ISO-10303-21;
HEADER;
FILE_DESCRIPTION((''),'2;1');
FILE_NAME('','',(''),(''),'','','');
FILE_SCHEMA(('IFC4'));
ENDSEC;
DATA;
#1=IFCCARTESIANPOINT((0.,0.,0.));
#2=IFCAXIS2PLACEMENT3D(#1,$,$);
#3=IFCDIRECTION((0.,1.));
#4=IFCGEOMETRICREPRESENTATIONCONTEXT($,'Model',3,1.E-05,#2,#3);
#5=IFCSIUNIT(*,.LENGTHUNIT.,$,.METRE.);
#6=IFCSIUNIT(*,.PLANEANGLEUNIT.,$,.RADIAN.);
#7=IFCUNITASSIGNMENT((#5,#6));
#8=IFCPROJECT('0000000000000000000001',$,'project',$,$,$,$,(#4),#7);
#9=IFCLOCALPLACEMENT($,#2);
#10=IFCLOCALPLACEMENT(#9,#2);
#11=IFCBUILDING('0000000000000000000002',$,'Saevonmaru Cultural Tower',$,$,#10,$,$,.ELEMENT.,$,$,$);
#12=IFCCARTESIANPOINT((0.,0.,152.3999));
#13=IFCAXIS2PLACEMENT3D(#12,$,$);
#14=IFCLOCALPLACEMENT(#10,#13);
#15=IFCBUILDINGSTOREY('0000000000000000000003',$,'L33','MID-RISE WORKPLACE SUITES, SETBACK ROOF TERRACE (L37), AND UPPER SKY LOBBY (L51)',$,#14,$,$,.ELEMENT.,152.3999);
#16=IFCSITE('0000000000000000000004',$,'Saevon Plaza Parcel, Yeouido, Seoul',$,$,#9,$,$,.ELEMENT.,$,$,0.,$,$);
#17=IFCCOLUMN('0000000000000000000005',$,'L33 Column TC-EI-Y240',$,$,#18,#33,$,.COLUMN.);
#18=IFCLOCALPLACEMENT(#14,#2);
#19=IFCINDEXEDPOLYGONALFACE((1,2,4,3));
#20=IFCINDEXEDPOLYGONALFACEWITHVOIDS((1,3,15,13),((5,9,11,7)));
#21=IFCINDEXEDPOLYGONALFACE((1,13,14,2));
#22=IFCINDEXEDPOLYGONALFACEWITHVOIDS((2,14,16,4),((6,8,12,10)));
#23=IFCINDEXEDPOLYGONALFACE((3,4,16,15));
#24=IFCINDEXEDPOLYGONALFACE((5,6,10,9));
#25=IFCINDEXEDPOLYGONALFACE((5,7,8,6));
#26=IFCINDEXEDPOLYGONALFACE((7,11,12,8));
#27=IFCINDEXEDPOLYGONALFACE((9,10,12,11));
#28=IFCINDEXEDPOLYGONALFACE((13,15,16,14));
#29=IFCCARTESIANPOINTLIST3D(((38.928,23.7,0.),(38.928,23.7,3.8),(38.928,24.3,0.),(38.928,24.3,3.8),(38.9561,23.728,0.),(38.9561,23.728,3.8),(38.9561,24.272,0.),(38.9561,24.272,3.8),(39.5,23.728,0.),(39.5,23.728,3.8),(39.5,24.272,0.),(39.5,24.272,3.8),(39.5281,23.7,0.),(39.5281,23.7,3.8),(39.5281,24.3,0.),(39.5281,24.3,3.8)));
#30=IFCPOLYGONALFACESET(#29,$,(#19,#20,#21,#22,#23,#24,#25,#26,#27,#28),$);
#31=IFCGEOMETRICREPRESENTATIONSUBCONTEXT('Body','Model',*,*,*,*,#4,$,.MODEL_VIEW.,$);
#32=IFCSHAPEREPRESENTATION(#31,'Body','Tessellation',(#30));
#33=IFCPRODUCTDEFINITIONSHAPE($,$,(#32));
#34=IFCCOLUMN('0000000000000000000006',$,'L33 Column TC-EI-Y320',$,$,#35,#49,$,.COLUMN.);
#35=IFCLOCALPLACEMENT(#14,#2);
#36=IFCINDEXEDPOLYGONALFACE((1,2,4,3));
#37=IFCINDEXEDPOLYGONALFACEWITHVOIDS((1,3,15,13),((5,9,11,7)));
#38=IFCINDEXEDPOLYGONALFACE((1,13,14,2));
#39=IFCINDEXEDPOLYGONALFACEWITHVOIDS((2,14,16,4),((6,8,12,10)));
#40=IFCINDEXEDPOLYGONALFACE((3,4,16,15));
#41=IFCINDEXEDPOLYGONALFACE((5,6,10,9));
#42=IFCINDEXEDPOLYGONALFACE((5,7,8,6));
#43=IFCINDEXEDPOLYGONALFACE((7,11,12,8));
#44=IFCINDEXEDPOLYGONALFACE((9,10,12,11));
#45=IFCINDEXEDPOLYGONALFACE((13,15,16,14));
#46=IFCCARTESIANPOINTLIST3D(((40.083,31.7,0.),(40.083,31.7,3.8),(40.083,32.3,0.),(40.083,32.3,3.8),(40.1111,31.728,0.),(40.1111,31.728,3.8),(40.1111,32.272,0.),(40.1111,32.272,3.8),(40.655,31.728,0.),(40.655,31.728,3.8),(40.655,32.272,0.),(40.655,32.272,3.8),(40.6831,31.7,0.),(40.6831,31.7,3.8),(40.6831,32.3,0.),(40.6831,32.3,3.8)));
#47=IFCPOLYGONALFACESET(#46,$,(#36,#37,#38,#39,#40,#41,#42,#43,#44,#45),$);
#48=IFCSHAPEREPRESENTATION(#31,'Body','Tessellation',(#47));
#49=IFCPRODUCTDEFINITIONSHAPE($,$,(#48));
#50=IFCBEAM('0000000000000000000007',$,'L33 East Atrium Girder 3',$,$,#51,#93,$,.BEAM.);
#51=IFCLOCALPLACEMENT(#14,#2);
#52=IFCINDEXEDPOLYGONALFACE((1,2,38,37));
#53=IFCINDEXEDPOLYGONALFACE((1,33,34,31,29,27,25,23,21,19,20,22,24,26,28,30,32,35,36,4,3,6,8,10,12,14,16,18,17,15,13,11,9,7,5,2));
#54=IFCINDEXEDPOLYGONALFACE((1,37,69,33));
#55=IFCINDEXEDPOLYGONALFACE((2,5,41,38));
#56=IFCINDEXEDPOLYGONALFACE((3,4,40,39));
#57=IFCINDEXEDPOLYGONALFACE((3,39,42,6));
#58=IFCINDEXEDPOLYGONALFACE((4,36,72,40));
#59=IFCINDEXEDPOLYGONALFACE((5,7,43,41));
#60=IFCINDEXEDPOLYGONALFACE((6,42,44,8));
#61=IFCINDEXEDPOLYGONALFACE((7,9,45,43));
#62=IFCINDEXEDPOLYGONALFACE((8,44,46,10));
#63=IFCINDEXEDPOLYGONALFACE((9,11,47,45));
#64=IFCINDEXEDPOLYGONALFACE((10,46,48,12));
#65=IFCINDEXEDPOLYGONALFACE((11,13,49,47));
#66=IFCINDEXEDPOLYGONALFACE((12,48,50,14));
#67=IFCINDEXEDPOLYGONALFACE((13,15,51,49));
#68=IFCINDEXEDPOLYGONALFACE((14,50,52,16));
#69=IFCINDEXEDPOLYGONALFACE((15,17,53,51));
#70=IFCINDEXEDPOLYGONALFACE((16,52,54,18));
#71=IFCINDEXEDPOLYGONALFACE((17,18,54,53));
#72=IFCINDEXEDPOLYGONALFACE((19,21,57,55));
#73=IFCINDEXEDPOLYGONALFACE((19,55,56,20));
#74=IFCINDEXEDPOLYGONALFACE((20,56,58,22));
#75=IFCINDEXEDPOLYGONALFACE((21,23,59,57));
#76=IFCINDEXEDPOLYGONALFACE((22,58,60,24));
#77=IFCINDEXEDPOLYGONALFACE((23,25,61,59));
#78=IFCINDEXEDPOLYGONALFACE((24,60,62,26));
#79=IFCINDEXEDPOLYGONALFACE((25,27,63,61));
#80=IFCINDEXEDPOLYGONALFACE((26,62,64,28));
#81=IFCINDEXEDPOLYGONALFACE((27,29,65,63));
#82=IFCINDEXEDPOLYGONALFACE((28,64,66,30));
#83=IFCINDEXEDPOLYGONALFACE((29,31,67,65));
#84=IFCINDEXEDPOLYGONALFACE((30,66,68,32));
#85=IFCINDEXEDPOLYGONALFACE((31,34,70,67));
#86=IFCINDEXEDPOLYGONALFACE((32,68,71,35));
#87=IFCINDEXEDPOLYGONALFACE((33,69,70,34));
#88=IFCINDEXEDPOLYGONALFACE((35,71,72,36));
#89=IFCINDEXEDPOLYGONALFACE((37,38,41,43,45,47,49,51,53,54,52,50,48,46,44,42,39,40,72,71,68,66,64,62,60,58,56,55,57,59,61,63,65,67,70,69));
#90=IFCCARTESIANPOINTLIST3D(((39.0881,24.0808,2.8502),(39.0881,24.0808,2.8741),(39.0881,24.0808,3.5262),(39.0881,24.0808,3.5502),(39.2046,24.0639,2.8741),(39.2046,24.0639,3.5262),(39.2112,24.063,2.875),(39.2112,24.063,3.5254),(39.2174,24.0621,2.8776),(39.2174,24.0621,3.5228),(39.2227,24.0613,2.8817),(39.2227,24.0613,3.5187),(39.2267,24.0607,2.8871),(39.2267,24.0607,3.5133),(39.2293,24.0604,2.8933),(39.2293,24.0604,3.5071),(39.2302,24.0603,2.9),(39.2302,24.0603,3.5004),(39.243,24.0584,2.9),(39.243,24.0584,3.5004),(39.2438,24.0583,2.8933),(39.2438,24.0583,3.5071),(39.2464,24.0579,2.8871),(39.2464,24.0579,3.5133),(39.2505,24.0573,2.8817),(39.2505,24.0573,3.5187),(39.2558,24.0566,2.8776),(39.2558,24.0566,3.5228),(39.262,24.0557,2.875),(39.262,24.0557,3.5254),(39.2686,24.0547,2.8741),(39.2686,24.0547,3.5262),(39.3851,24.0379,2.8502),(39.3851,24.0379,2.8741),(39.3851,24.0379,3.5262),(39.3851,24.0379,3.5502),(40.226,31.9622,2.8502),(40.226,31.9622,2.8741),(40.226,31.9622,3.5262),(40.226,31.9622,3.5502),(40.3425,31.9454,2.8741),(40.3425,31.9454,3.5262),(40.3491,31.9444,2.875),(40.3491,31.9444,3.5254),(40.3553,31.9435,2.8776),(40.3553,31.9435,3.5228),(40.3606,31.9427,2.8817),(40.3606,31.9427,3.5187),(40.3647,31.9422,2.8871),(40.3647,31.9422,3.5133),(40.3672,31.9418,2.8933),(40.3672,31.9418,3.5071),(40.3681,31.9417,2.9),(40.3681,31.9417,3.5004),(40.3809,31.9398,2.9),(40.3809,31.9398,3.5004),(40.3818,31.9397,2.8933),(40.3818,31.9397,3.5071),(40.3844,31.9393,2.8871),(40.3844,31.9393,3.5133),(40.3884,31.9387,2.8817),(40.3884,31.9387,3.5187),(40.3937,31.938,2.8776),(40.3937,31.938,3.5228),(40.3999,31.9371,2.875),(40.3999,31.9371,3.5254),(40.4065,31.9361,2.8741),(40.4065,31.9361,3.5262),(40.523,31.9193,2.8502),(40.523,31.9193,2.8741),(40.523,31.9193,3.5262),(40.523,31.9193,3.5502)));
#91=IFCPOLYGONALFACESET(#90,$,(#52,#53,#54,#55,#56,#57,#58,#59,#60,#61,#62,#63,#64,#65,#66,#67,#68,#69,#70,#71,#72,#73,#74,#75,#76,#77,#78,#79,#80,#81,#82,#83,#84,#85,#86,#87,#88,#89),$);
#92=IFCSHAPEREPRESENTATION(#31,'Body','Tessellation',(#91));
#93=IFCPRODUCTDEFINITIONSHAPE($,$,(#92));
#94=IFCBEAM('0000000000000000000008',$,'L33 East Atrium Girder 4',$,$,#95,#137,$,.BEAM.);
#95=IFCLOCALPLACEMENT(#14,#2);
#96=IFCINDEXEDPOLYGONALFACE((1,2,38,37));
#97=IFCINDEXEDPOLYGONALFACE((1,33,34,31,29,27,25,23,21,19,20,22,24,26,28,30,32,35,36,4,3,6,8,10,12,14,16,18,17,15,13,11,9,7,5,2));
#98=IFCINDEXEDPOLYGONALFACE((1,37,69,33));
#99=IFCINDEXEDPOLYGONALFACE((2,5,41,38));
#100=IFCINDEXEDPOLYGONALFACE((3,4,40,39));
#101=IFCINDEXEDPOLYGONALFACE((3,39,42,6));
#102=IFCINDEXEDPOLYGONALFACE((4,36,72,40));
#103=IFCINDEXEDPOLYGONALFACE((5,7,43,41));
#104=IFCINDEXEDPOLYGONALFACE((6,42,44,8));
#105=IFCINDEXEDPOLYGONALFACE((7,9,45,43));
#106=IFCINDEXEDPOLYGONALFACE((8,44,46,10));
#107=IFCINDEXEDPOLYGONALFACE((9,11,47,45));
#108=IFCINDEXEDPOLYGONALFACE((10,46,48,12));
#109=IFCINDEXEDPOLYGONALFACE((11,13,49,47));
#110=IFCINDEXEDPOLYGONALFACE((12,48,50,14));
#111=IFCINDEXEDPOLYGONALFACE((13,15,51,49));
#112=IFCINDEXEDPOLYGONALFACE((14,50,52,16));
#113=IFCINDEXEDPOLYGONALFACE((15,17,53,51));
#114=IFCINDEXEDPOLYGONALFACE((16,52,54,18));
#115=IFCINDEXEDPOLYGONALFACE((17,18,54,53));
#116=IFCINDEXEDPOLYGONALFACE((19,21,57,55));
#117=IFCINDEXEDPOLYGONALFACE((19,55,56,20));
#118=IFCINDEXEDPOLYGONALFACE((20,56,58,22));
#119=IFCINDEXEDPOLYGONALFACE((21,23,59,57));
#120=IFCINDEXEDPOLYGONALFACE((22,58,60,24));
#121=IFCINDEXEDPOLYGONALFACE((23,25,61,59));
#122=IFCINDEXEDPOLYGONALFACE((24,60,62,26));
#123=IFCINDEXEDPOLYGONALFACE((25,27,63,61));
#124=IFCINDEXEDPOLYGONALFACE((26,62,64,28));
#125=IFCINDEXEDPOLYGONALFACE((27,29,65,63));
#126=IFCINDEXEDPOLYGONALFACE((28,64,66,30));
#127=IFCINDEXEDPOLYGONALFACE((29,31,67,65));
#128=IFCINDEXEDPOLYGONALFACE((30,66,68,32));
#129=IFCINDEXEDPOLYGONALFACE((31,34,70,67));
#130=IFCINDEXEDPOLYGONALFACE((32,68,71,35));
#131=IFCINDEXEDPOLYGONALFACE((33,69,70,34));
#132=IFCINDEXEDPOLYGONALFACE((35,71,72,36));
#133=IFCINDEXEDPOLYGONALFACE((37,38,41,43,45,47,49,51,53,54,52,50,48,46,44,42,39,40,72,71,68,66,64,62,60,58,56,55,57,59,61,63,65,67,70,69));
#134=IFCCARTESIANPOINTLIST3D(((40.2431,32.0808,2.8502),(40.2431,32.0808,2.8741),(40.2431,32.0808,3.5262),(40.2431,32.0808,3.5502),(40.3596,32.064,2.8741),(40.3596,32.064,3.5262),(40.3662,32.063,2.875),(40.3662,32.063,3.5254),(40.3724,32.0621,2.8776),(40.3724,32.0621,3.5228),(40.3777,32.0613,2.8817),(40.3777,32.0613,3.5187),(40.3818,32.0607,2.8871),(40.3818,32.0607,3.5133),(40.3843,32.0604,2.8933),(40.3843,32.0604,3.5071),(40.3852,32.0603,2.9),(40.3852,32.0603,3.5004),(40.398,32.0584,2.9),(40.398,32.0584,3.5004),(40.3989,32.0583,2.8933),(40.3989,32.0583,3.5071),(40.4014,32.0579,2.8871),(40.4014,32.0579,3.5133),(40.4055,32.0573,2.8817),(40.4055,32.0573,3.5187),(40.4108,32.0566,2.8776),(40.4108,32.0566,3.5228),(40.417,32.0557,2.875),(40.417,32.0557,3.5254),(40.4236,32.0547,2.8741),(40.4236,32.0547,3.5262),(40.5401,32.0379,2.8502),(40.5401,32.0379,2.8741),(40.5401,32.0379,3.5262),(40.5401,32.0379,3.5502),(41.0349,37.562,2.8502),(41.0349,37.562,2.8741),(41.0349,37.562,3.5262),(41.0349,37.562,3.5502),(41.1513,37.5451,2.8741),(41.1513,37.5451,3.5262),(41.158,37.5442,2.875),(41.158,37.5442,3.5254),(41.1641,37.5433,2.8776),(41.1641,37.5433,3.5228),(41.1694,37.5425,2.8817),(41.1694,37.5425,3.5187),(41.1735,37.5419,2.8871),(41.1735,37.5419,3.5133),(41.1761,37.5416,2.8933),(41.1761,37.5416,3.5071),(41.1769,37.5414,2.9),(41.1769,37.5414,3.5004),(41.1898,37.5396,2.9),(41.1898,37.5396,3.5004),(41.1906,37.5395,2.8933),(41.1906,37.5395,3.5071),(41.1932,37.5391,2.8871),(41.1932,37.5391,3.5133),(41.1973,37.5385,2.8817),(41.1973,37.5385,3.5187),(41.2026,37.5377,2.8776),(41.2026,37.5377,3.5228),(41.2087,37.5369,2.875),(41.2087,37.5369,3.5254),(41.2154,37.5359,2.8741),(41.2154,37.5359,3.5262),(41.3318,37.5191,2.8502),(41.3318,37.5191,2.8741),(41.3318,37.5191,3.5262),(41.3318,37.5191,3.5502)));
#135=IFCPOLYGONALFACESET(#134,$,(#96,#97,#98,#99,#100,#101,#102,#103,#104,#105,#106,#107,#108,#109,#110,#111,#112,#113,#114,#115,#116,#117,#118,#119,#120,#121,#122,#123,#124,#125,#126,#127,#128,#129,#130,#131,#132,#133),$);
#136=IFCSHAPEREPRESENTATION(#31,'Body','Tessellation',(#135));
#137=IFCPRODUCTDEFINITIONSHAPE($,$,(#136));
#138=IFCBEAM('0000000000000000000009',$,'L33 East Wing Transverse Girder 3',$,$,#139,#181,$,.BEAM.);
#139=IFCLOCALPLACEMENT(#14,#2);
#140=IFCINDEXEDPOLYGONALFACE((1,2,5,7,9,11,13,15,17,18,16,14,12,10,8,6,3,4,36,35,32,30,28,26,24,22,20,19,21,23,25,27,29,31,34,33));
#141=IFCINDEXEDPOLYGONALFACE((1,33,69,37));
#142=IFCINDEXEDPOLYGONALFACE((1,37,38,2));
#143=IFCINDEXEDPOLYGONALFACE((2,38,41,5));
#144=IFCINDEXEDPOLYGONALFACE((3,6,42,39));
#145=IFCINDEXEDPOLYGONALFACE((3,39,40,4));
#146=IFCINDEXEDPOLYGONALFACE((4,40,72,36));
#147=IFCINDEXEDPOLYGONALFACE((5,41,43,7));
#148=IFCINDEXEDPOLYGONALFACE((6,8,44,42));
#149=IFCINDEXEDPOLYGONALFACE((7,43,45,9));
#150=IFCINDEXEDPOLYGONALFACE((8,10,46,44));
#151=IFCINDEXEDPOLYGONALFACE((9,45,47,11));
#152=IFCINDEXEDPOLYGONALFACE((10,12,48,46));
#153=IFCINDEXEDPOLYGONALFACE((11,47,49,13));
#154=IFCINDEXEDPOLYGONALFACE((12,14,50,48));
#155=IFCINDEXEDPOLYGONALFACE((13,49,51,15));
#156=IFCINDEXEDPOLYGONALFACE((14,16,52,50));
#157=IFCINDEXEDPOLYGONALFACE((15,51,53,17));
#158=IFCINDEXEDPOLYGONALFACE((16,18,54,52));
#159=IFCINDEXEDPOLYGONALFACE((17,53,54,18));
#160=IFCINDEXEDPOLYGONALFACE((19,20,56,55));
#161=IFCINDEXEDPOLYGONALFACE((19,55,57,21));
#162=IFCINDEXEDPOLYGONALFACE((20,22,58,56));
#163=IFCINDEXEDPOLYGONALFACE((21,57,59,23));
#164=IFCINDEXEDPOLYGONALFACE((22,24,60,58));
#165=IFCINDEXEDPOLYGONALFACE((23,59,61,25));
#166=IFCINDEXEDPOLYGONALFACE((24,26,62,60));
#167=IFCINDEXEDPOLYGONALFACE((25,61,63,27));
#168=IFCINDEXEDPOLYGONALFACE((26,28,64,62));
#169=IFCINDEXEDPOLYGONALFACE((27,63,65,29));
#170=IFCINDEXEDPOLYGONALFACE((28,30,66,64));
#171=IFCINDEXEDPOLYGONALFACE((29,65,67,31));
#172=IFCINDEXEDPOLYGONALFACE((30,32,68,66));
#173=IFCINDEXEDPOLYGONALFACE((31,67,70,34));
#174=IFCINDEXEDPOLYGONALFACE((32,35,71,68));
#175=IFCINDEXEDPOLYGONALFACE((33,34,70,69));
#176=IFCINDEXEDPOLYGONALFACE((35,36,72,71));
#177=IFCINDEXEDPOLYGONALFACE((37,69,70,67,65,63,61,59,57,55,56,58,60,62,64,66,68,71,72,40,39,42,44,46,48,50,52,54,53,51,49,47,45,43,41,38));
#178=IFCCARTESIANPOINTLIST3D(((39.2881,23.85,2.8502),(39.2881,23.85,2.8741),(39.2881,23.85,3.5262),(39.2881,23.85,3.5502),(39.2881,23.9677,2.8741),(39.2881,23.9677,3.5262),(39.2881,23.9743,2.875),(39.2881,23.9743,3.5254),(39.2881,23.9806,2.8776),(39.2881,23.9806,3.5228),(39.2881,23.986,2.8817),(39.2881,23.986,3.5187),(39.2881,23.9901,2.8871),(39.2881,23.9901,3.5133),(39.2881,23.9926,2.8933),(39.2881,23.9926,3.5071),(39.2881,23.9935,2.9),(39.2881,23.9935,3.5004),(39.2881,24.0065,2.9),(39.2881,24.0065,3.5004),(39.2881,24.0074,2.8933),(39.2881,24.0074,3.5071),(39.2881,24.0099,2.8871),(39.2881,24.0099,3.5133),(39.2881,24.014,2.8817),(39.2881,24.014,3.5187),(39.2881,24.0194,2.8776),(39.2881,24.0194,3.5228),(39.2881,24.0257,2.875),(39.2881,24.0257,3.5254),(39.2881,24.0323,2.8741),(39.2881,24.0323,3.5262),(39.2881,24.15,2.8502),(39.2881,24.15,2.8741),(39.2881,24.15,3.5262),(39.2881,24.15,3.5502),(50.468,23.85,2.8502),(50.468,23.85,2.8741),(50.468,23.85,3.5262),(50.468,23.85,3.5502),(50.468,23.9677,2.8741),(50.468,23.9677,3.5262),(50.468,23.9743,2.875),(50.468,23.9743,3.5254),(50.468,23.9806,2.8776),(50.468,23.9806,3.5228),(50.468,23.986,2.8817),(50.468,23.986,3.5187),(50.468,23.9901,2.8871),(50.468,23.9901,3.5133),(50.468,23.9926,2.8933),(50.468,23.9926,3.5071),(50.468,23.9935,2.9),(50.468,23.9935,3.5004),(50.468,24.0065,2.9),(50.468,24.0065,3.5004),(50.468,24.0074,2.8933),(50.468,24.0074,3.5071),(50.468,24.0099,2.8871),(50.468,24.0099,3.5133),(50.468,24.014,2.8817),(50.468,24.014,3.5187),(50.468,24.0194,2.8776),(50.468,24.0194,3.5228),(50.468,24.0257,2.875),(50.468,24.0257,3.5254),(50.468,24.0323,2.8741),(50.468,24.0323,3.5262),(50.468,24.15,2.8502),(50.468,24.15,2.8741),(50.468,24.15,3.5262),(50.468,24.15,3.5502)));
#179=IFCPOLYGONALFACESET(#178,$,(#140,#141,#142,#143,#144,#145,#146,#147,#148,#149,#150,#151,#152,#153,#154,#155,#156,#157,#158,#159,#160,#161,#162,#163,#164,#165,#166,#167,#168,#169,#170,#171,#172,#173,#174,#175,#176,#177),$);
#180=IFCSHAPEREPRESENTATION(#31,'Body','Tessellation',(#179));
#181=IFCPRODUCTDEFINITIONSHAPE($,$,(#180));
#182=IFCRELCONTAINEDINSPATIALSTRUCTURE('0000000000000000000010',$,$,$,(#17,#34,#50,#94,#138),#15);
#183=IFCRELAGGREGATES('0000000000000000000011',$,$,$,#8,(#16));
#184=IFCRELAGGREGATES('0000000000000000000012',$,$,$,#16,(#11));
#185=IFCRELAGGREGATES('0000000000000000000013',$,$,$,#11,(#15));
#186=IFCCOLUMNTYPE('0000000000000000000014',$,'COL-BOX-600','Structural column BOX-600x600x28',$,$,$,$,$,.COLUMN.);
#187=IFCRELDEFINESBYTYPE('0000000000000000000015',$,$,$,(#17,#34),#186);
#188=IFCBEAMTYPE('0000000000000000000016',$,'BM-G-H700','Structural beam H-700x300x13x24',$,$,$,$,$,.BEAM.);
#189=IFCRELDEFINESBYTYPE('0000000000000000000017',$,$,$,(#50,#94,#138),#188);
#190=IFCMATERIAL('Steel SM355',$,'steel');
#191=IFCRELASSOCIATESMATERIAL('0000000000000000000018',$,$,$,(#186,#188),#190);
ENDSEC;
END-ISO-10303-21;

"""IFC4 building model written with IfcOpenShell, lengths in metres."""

from ifc_helpers import new_model, si_unit, direction, frame, origin, origin_2d, place, context, subcontext, project, spatial, hollow_rectangle, i_section, extrude, material, material_profile, profile_set, type_object, element, save


model = new_model("IFC4")

# Units and contexts
model_context = context("Model", 3, precision=1e-05, world=origin(), true_north=direction((0.0, 1.0)))
body_context = subcontext(model_context, "Body", "Model", "MODEL_VIEW")
ifc_project = project(units=[si_unit("LENGTHUNIT", "METRE"), si_unit("PLANEANGLEUNIT", "RADIAN")], contexts=[model_context])

# Site, building, storey
site_placement = place(None, origin())
site = spatial("IfcSite", under=ifc_project, at=site_placement, Name="Saevon Plaza Parcel, Yeouido, Seoul", CompositionType="ELEMENT", RefElevation=0.0)
building_placement = place(site_placement, origin())
building = spatial("IfcBuilding", under=site, at=building_placement, Name="Saevonmaru Cultural Tower", CompositionType="ELEMENT")
storey_placement = place(building_placement, frame((0.0, 0.0, 152.3999)))
storey = spatial("IfcBuildingStorey", under=building, at=storey_placement, Name="L33", Description="MID-RISE WORKPLACE SUITES, SETBACK ROOF TERRACE (L37), AND UPPER SKY LOBBY (L51)", CompositionType="ELEMENT", Elevation=152.3999)

# Columns
ifc_material_1 = material(Name="Steel SM355", Category="steel")
ifc_material_profile_1 = material_profile(ifc_material_1, hollow_rectangle(XDim=0.6001, YDim=0.6001, WallThickness=0.0281, at=origin_2d()), Name="BOX-600x600x28")
ifc_profile_set_1 = profile_set([ifc_material_profile_1], Name="Steel SM355")
column_type = type_object("IfcColumnType", Name="COL-BOX-600", Description="Structural column BOX-600x600x28", PredefinedType="COLUMN", material=ifc_profile_set_1)
for number, where, z_axis, x_axis, name in (
    (1, (39.228, 24.0, 0.0), (0.0, 0.0, 1.0), (1.0, 0.0, 0.0), "L33 Column TC-EI-Y240"),
    (2, (40.3831, 32.0, 0.0), (0.0, 0.0, 1.0), (1.0, 0.0, 0.0), "L33 Column TC-EI-Y320"),
):
    element("IfcColumn", number, at=place(storey_placement, frame(where, z_axis=z_axis, x_axis=x_axis)), inside=storey, type_object=column_type, Name=name, PredefinedType="COLUMN", context=body_context, shape_type="SweptSolid", body=[
        extrude(hollow_rectangle(XDim=0.6001, YDim=0.6001, WallThickness=0.0281, at=origin_2d()), origin(), (0.0, 0.0, 1.0), 3.8),
    ])

# Beams
ifc_material_profile_2 = material_profile(ifc_material_1, i_section(OverallWidth=0.3, OverallDepth=0.7, WebThickness=0.0129, FlangeThickness=0.0239, FilletRadius=0.0259, at=origin_2d()), Name="H-700x300x13x24")
ifc_profile_set_2 = profile_set([ifc_material_profile_2], Name="Steel SM355")
beam_type_1 = type_object("IfcBeamType", Name="BM-G-H700", Description="Structural beam H-700x300x13x24", PredefinedType="BEAM", material=ifc_profile_set_2)
beam_1_placement = place(storey_placement, frame((39.2366, 24.0593, 3.2002), z_axis=(0.142902, 0.989737, 0.0), x_axis=(-0.989737, 0.142902, 0.0)))
element("IfcBeam", 3, at=beam_1_placement, inside=storey, type_object=beam_type_1, Name="L33 East Atrium Girder 3", PredefinedType="BEAM", context=body_context, shape_type="SweptSolid", body=[
    extrude(i_section(OverallWidth=0.3, OverallDepth=0.7, WebThickness=0.0129, FlangeThickness=0.0239, FilletRadius=0.0259, at=origin_2d()), origin(), (0.0, 0.0, 1.0), 7.9631),
])
beam_2_placement = place(storey_placement, frame((40.3916, 32.0593, 3.2002), z_axis=(0.142964, 0.989728, 0.0), x_axis=(-0.989728, 0.142964, 0.0)))
element("IfcBeam", 4, at=beam_2_placement, inside=storey, type_object=beam_type_1, Name="L33 East Atrium Girder 4", PredefinedType="BEAM", context=body_context, shape_type="SweptSolid", body=[
    extrude(i_section(OverallWidth=0.3, OverallDepth=0.7, WebThickness=0.0129, FlangeThickness=0.0239, FilletRadius=0.0259, at=origin_2d()), origin(), (0.0, 0.0, 1.0), 5.5381),
])
for number, where, z_axis, x_axis, name in (
    (5, (39.2881, 24.0, 3.2002), (1.0, 0.0, 0.0), (0.0, 1.0, 0.0), "L33 East Wing Transverse Girder 3"),
):
    element("IfcBeam", number, at=place(storey_placement, frame(where, z_axis=z_axis, x_axis=x_axis)), inside=storey, type_object=beam_type_1, Name=name, PredefinedType="BEAM", context=body_context, shape_type="SweptSolid", body=[
        extrude(i_section(OverallWidth=0.3, OverallDepth=0.7, WebThickness=0.0129, FlangeThickness=0.0239, FilletRadius=0.0259, at=origin_2d()), origin(), (0.0, 0.0, 1.0), 11.1799),
    ])

save(model, "model.ifc")
